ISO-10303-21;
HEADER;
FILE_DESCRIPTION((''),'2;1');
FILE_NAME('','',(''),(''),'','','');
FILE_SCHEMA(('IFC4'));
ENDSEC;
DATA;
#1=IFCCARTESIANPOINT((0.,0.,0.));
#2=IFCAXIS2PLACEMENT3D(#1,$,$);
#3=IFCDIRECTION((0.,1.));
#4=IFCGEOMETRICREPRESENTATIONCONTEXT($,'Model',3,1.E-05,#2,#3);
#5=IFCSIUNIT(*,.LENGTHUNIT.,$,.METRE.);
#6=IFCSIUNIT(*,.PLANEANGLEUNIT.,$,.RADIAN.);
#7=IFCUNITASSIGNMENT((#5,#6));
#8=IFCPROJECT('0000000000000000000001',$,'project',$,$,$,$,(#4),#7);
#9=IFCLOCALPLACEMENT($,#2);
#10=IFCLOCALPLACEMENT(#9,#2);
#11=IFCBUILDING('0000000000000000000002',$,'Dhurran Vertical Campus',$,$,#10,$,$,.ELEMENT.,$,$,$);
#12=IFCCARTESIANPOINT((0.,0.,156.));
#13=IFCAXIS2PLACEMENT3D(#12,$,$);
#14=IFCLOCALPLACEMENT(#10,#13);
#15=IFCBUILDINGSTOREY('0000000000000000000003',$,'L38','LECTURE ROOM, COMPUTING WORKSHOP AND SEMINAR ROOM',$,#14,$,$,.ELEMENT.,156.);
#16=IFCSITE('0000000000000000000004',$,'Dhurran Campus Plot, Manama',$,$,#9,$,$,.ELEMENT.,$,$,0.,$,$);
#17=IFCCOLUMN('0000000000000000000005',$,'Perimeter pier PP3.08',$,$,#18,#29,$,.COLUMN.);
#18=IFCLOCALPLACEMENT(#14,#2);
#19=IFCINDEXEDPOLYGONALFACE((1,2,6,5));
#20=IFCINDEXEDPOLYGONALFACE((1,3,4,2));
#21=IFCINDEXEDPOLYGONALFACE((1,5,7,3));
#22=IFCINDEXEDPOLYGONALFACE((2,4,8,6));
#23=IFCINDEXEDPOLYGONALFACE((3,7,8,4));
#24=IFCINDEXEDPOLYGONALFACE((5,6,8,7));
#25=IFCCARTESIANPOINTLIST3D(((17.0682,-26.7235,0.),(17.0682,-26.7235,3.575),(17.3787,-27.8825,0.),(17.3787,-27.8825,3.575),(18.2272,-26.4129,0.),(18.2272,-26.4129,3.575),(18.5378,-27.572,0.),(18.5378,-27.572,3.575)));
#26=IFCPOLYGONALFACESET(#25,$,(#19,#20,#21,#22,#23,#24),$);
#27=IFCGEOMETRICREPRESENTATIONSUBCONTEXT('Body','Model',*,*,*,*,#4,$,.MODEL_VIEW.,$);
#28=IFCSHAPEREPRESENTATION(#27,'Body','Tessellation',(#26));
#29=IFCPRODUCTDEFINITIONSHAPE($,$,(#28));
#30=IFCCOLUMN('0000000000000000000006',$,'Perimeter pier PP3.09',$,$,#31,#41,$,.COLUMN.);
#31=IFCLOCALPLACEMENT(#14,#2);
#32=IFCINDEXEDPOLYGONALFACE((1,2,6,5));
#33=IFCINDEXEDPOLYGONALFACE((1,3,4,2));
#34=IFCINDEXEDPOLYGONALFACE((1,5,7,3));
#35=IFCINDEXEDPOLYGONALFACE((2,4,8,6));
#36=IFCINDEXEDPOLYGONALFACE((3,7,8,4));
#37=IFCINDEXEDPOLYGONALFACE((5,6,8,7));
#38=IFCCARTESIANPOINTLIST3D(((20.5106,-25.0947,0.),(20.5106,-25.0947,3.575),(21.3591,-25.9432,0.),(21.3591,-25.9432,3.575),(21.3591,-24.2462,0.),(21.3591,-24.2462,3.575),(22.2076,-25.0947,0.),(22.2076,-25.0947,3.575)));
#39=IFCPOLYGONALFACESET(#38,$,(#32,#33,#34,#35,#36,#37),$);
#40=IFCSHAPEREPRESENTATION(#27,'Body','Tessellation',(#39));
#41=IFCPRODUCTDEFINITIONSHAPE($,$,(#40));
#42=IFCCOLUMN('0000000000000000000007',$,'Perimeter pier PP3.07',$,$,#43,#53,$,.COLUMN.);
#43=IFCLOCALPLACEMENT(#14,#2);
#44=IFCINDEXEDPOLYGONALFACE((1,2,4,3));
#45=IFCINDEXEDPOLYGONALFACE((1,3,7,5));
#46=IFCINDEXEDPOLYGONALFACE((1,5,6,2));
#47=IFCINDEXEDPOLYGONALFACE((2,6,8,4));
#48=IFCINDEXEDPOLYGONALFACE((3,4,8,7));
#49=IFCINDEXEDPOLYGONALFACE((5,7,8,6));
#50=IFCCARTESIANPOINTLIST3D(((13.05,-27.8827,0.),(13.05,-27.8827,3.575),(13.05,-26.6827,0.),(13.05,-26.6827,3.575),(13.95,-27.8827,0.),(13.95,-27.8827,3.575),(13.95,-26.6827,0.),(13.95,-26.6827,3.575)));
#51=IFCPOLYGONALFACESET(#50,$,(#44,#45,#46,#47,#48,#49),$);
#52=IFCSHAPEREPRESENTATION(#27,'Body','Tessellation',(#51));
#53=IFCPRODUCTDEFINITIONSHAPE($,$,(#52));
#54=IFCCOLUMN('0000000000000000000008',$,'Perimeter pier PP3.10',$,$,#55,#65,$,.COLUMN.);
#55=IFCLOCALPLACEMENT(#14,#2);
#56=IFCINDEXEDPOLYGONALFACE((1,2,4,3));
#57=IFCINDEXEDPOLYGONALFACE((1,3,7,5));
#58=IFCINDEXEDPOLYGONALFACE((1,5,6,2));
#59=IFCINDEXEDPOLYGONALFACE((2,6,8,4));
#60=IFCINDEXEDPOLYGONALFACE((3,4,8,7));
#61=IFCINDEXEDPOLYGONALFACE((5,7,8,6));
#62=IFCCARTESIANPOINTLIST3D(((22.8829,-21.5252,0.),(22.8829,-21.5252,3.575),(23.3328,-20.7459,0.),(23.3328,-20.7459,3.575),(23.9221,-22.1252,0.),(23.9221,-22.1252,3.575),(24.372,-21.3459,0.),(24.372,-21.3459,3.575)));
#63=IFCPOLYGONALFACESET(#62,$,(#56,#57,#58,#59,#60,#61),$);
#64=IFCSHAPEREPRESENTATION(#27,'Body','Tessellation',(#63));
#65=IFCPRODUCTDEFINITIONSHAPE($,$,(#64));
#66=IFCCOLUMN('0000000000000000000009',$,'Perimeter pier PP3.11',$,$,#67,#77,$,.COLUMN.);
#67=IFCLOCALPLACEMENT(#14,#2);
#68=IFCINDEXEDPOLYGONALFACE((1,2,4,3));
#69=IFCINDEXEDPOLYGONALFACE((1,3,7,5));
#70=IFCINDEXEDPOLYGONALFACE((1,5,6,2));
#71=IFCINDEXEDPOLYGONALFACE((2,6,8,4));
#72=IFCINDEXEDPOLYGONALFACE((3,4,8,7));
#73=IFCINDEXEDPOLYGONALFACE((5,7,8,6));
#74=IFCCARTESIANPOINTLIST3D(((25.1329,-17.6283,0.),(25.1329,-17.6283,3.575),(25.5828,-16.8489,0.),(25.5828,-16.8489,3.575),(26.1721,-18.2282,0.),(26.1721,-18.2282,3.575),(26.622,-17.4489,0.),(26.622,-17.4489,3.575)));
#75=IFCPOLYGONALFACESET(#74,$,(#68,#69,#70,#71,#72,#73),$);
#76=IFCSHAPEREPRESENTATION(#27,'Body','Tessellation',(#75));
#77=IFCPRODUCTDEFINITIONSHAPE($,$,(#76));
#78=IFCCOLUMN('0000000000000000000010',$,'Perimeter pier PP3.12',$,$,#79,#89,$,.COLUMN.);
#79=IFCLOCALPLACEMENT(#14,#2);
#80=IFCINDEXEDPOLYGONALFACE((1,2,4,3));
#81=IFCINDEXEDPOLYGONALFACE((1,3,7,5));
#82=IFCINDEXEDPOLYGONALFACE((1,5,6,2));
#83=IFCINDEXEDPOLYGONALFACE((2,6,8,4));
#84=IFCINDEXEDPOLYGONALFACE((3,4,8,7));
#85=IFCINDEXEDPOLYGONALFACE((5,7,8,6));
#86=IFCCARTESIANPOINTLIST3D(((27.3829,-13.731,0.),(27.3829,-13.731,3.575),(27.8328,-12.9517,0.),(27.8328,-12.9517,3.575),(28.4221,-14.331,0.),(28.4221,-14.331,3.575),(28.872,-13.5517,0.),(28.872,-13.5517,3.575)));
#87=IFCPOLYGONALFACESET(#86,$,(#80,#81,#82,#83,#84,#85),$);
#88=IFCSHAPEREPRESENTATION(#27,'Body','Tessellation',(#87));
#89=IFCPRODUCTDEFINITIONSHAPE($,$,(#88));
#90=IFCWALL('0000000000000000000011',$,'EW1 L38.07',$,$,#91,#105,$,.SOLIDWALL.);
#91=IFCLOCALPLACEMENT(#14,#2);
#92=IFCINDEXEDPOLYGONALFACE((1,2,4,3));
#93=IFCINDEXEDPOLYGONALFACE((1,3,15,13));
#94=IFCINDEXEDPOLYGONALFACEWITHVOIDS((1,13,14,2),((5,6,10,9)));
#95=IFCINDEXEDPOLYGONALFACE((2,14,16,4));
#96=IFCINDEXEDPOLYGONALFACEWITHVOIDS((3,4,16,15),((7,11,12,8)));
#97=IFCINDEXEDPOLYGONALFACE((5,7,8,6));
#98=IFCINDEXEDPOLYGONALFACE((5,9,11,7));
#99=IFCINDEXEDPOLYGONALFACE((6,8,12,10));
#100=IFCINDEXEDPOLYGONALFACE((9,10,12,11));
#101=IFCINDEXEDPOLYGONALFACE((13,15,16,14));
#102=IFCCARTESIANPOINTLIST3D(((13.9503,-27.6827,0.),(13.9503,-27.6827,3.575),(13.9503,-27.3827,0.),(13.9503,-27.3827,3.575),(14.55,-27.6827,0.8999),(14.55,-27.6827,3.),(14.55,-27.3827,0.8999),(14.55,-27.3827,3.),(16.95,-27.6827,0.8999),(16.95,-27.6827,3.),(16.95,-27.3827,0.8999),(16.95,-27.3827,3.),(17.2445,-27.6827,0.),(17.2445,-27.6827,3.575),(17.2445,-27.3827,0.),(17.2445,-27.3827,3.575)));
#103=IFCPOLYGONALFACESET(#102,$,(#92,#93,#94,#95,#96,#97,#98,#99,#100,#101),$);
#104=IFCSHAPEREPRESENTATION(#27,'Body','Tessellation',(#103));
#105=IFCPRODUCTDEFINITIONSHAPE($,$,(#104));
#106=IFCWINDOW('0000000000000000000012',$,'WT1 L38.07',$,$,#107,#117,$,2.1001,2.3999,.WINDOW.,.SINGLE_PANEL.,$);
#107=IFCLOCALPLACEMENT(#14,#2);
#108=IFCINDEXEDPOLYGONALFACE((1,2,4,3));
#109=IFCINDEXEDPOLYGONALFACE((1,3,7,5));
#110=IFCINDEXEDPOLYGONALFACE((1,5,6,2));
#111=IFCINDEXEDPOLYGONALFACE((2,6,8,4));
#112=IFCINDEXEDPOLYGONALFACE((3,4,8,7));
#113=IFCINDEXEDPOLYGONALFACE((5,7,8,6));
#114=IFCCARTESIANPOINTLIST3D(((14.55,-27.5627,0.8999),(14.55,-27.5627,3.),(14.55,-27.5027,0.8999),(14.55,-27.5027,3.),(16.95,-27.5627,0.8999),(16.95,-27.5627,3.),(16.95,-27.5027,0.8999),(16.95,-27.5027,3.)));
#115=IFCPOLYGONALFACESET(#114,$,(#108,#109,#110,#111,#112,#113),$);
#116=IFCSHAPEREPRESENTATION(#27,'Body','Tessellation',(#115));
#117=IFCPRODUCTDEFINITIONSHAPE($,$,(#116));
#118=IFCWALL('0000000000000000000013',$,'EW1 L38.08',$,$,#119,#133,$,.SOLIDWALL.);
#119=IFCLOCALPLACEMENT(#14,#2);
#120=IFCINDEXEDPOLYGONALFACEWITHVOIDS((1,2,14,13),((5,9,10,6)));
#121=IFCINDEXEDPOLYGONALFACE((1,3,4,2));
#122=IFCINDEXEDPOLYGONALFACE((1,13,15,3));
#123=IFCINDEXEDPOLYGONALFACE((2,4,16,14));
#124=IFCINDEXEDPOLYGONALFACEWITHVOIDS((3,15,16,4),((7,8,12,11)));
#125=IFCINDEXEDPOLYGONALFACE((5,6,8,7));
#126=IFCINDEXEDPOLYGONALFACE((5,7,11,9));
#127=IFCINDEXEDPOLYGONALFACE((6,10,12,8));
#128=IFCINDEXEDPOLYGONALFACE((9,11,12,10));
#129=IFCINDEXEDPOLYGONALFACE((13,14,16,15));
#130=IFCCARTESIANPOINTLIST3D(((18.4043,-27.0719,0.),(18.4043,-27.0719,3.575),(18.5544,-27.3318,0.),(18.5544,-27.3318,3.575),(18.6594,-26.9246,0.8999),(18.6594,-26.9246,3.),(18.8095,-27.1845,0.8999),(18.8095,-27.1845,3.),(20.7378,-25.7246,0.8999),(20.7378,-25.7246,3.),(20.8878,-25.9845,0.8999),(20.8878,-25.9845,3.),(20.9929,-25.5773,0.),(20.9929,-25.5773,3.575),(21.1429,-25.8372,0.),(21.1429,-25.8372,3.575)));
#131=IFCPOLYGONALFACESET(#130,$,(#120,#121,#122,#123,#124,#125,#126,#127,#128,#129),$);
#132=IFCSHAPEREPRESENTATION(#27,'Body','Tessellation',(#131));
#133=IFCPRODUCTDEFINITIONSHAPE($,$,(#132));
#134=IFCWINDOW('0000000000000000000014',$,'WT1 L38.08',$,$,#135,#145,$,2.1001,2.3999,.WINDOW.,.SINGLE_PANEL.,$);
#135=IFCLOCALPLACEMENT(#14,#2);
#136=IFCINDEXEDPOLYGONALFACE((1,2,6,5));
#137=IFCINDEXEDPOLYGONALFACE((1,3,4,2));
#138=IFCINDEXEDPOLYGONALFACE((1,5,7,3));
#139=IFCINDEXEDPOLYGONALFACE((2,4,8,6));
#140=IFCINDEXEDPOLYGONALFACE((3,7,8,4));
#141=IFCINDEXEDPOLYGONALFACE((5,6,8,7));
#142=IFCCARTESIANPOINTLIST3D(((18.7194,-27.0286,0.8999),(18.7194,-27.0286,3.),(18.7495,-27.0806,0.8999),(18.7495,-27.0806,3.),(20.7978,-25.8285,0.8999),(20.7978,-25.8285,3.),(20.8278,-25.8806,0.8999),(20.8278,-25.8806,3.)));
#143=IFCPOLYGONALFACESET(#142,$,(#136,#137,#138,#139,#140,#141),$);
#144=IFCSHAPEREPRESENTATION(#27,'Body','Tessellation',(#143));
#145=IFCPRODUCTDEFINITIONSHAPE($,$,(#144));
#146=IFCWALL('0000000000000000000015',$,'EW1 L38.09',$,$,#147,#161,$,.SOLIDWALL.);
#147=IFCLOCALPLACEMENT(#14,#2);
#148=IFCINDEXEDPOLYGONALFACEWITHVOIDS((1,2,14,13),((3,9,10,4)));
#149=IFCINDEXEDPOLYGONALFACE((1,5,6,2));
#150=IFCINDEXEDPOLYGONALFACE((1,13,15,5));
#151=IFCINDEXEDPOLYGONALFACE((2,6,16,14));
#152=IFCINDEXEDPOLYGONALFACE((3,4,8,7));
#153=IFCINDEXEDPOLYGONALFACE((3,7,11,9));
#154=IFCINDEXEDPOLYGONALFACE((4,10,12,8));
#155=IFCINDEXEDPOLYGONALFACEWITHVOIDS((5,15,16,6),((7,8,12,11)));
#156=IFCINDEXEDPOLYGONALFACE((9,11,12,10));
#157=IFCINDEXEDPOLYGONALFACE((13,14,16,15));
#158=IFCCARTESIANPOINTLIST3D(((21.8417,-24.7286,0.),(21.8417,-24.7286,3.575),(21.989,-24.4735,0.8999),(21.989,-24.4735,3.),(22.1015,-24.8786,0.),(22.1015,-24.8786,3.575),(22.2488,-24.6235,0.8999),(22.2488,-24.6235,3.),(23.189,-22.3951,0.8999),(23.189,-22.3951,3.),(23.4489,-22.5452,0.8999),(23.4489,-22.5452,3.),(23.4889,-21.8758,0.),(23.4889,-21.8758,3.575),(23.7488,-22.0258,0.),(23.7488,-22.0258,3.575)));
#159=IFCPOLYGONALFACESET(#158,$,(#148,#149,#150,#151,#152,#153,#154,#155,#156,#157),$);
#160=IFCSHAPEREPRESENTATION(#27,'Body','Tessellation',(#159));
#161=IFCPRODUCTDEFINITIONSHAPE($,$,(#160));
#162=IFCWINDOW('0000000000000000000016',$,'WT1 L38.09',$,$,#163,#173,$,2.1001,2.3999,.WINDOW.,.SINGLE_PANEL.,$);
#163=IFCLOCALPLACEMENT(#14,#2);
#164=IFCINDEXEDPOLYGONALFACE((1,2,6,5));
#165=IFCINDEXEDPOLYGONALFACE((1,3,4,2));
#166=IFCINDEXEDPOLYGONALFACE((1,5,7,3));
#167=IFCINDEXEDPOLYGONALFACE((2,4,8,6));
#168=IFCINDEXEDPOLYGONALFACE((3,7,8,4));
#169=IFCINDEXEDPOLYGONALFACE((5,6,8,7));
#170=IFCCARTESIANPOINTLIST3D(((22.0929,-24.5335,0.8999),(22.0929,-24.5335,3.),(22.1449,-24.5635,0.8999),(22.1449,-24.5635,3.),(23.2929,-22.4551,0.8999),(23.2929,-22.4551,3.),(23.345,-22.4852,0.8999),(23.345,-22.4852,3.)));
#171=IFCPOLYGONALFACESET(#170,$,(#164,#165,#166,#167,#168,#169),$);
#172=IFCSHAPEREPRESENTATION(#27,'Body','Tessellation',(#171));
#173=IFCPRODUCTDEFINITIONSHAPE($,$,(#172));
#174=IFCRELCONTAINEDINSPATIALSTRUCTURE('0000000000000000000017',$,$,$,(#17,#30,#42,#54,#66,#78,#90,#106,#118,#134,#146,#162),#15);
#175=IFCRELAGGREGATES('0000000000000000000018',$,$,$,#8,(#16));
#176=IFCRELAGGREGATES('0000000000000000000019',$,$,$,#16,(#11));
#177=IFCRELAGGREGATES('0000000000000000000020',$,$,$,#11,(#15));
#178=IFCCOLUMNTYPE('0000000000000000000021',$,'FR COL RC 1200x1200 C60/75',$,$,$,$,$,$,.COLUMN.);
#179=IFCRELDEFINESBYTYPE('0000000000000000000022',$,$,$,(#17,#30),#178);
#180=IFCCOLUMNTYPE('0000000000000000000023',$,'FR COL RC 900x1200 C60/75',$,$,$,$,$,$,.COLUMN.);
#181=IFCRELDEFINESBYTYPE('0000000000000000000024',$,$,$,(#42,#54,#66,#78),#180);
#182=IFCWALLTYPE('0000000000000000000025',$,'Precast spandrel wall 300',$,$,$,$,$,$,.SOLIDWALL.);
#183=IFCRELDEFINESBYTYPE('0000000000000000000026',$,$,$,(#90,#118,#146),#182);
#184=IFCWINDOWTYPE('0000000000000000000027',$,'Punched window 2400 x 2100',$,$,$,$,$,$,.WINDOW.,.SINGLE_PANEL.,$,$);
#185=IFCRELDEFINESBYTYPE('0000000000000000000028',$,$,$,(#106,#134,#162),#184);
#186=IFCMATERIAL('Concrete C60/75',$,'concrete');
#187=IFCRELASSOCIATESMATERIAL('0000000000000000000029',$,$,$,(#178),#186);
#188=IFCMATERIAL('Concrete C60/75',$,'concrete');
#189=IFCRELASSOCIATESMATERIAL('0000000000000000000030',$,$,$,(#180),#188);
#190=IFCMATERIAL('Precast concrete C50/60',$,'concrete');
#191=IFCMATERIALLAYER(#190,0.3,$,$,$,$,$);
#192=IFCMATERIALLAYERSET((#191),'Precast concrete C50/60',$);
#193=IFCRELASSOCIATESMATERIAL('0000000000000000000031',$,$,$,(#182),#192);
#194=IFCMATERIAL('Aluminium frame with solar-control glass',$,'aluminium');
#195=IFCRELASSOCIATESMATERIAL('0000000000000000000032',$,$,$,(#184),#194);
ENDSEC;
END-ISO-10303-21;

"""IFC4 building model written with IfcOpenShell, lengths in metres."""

from ifc_helpers import new_model, si_unit, direction, frame, frame_2d, origin, origin_2d, place, context, subcontext, project, spatial, rectangle, extrude, material, layer, layer_set, material_profile, profile_set, type_object, element, fill, save


model = new_model("IFC4")

# Units and contexts
model_context = context("Model", 3, precision=1e-05, world=origin(), true_north=direction((0.0, 1.0)))
body_context = subcontext(model_context, "Body", "Model", "MODEL_VIEW")
ifc_project = project(units=[si_unit("LENGTHUNIT", "METRE"), si_unit("PLANEANGLEUNIT", "RADIAN")], contexts=[model_context])

# Site, building, storey
site_placement = place(None, origin())
site = spatial("IfcSite", under=ifc_project, at=site_placement, Name="Dhurran Campus Plot, Manama", CompositionType="ELEMENT", RefElevation=0.0)
building_placement = place(site_placement, origin())
building = spatial("IfcBuilding", under=site, at=building_placement, Name="Dhurran Vertical Campus", CompositionType="ELEMENT")
storey_placement = place(building_placement, frame((0.0, 0.0, 156.0)))
storey = spatial("IfcBuildingStorey", under=building, at=storey_placement, Name="L38", Description="LECTURE ROOM, COMPUTING WORKSHOP AND SEMINAR ROOM", CompositionType="ELEMENT", Elevation=156.0)

# Columns
ifc_material_1 = material(Name="Concrete C60/75", Category="concrete")
ifc_material_profile_1 = material_profile(ifc_material_1, rectangle(XDim=1.2, YDim=1.2, at=origin_2d()), Name="RC 1200x1200")
ifc_profile_set_1 = profile_set([ifc_material_profile_1], Name="Concrete C60/75")
column_type_1 = type_object("IfcColumnType", Name="FR COL RC 1200x1200 C60/75", PredefinedType="COLUMN", material=ifc_profile_set_1)
for number, where, z_axis, x_axis, name in (
    (1, (17.803, -27.1477, 0.0), (0.0, 0.0, 1.0), (0.965926, 0.258819, 0.0), "Perimeter pier PP3.08"),
    (2, (21.3591, -25.0947, 0.0), (0.0, 0.0, 1.0), (0.707107, 0.707107, 0.0), "Perimeter pier PP3.09"),
):
    element("IfcColumn", number, at=place(storey_placement, frame(where, z_axis=z_axis, x_axis=x_axis)), inside=storey, type_object=column_type_1, Name=name, PredefinedType="COLUMN", context=body_context, shape_type="SweptSolid", body=[
        extrude(rectangle(XDim=1.2, YDim=1.2, at=origin_2d()), origin(), (0.0, 0.0, 1.0), 3.575),
    ])
ifc_material_2 = material(Name="Concrete C60/75", Category="concrete")
ifc_material_profile_2 = material_profile(ifc_material_2, rectangle(XDim=0.8999, YDim=1.2, at=origin_2d()), Name="RC 900x1200")
ifc_profile_set_2 = profile_set([ifc_material_profile_2], Name="Concrete C60/75")
column_type_2 = type_object("IfcColumnType", Name="FR COL RC 900x1200 C60/75", PredefinedType="COLUMN", material=ifc_profile_set_2)
for number, where, z_axis, x_axis, name in (
    (3, (13.5, -27.2827, 0.0), (0.0, 0.0, 1.0), (1.0, 0.0, 0.0), "Perimeter pier PP3.07"),
    (4, (23.6274, -21.4355, 0.0), (0.0, 0.0, 1.0), (0.5, 0.866025, 0.0), "Perimeter pier PP3.10"),
    (5, (25.8774, -17.5386, 0.0), (0.0, 0.0, 1.0), (0.5, 0.866025, 0.0), "Perimeter pier PP3.11"),
    (6, (28.1274, -13.6414, 0.0), (0.0, 0.0, 1.0), (0.5, 0.866025, 0.0), "Perimeter pier PP3.12"),
):
    element("IfcColumn", number, at=place(storey_placement, frame(where, z_axis=z_axis, x_axis=x_axis)), inside=storey, type_object=column_type_2, Name=name, PredefinedType="COLUMN", context=body_context, shape_type="SweptSolid", body=[
        extrude(rectangle(XDim=0.8999, YDim=1.2, at=origin_2d()), origin(), (0.0, 0.0, 1.0), 3.575),
    ])

# Walls, openings, windows
ifc_material_3 = material(Name="Precast concrete C50/60", Category="concrete")
ifc_layer_1 = layer(ifc_material_3, 0.3)
ifc_layer_set_1 = layer_set([ifc_layer_1], Name="Precast concrete C50/60")
wall_type_1 = type_object("IfcWallType", Name="Precast spandrel wall 300", PredefinedType="SOLIDWALL", material=ifc_layer_set_1)
wall_1_placement = place(storey_placement, frame((13.9504, -27.5327, 0.0), z_axis=(0.0, 0.0, 1.0), x_axis=(1.0, 0.0, 0.0)))
wall_1 = element("IfcWall", 7, at=wall_1_placement, inside=storey, type_object=wall_type_1, Name="EW1 L38.07", PredefinedType="SOLIDWALL", context=body_context, shape_type="SweptSolid", body=[
    extrude(rectangle(XDim=3.2942, YDim=0.3, at=frame_2d((1.647, 0.0))), origin(), (0.0, 0.0, 1.0), 3.575),
])
opening_1_placement = place(wall_1_placement, frame((0.5996, 0.0, 0.8999)))
opening_1 = element("IfcOpeningElement", 8, at=opening_1_placement, cuts=wall_1, PredefinedType="OPENING", context=body_context, shape_type="SweptSolid", body=[
    extrude(rectangle(XDim=2.3999, YDim=2.1001, at=frame_2d((1.2, 1.05))), frame((0.0, 0.1599, 0.0), z_axis=(0.0, -1.0, 0.0), x_axis=(1.0, 0.0, 0.0)), (0.0, 0.0, 1.0), 0.3201),
])
ifc_material_4 = material(Name="Aluminium frame with solar-control glass", Category="aluminium")
window_type = type_object("IfcWindowType", Name="Punched window 2400 x 2100", PartitioningType="SINGLE_PANEL", PredefinedType="WINDOW", material=ifc_material_4)
window_1_placement = place(opening_1_placement, origin())
window_1 = element("IfcWindow", 9, at=window_1_placement, inside=storey, type_object=window_type, Name="WT1 L38.07", OverallHeight=2.1001, OverallWidth=2.3999, PartitioningType="SINGLE_PANEL", PredefinedType="WINDOW", context=body_context, shape_type="SweptSolid", body=[
    extrude(rectangle(XDim=2.3999, YDim=2.1001, at=frame_2d((1.2, 1.05))), frame((0.0, 0.03, 0.0), z_axis=(0.0, -1.0, 0.0), x_axis=(1.0, 0.0, 0.0)), (0.0, 0.0, 1.0), 0.0601),
])
fill(opening_1, window_1)
wall_2_placement = place(storey_placement, frame((18.4792, -27.2019, 0.0), z_axis=(0.0, 0.0, 1.0), x_axis=(0.866013, 0.500022, 0.0)))
wall_2 = element("IfcWall", 10, at=wall_2_placement, inside=storey, type_object=wall_type_1, Name="EW1 L38.08", PredefinedType="SOLIDWALL", context=body_context, shape_type="SweptSolid", body=[
    extrude(rectangle(XDim=2.989, YDim=0.3, at=frame_2d((1.4946, 0.0))), origin(), (0.0, 0.0, 1.0), 3.575),
])
opening_2_placement = place(wall_2_placement, frame((0.2947, 0.0, 0.8999)))
opening_2 = element("IfcOpeningElement", 11, at=opening_2_placement, cuts=wall_2, PredefinedType="OPENING", context=body_context, shape_type="SweptSolid", body=[
    extrude(rectangle(XDim=2.3999, YDim=2.1001, at=frame_2d((1.2, 1.05))), frame((0.0, 0.1599, 0.0), z_axis=(0.0, -1.0, 0.0), x_axis=(1.0, 0.0, 0.0)), (0.0, 0.0, 1.0), 0.3201),
])
window_2_placement = place(opening_2_placement, origin())
window_2 = element("IfcWindow", 12, at=window_2_placement, inside=storey, type_object=window_type, Name="WT1 L38.08", OverallHeight=2.1001, OverallWidth=2.3999, PartitioningType="SINGLE_PANEL", PredefinedType="WINDOW", context=body_context, shape_type="SweptSolid", body=[
    extrude(rectangle(XDim=2.3999, YDim=2.1001, at=frame_2d((1.2, 1.05))), frame((0.0, 0.03, 0.0), z_axis=(0.0, -1.0, 0.0), x_axis=(1.0, 0.0, 0.0)), (0.0, 0.0, 1.0), 0.0601),
])
fill(opening_2, window_2)
wall_3_placement = place(storey_placement, frame((21.9717, -24.8035, 0.0), z_axis=(0.0, 0.0, 1.0), x_axis=(0.500037, 0.866004, 0.0)))
wall_3 = element("IfcWall", 13, at=wall_3_placement, inside=storey, type_object=wall_type_1, Name="EW1 L38.09", PredefinedType="SOLIDWALL", context=body_context, shape_type="SweptSolid", body=[
    extrude(rectangle(XDim=3.2942, YDim=0.3, at=frame_2d((1.647, 0.0))), origin(), (0.0, 0.0, 1.0), 3.575),
])
opening_3_placement = place(wall_3_placement, frame((0.2944, 0.0, 0.8999)))
opening_3 = element("IfcOpeningElement", 14, at=opening_3_placement, cuts=wall_3, PredefinedType="OPENING", context=body_context, shape_type="SweptSolid", body=[
    extrude(rectangle(XDim=2.3999, YDim=2.1001, at=frame_2d((1.2, 1.05))), frame((0.0, 0.1599, 0.0), z_axis=(0.0, -1.0, 0.0), x_axis=(1.0, 0.0, 0.0)), (0.0, 0.0, 1.0), 0.3201),
])
window_3_placement = place(opening_3_placement, origin())
window_3 = element("IfcWindow", 15, at=window_3_placement, inside=storey, type_object=window_type, Name="WT1 L38.09", OverallHeight=2.1001, OverallWidth=2.3999, PartitioningType="SINGLE_PANEL", PredefinedType="WINDOW", context=body_context, shape_type="SweptSolid", body=[
    extrude(rectangle(XDim=2.3999, YDim=2.1001, at=frame_2d((1.2, 1.05))), frame((0.0, 0.03, 0.0), z_axis=(0.0, -1.0, 0.0), x_axis=(1.0, 0.0, 0.0)), (0.0, 0.0, 1.0), 0.0601),
])
fill(opening_3, window_3)

save(model, "model.ifc")
